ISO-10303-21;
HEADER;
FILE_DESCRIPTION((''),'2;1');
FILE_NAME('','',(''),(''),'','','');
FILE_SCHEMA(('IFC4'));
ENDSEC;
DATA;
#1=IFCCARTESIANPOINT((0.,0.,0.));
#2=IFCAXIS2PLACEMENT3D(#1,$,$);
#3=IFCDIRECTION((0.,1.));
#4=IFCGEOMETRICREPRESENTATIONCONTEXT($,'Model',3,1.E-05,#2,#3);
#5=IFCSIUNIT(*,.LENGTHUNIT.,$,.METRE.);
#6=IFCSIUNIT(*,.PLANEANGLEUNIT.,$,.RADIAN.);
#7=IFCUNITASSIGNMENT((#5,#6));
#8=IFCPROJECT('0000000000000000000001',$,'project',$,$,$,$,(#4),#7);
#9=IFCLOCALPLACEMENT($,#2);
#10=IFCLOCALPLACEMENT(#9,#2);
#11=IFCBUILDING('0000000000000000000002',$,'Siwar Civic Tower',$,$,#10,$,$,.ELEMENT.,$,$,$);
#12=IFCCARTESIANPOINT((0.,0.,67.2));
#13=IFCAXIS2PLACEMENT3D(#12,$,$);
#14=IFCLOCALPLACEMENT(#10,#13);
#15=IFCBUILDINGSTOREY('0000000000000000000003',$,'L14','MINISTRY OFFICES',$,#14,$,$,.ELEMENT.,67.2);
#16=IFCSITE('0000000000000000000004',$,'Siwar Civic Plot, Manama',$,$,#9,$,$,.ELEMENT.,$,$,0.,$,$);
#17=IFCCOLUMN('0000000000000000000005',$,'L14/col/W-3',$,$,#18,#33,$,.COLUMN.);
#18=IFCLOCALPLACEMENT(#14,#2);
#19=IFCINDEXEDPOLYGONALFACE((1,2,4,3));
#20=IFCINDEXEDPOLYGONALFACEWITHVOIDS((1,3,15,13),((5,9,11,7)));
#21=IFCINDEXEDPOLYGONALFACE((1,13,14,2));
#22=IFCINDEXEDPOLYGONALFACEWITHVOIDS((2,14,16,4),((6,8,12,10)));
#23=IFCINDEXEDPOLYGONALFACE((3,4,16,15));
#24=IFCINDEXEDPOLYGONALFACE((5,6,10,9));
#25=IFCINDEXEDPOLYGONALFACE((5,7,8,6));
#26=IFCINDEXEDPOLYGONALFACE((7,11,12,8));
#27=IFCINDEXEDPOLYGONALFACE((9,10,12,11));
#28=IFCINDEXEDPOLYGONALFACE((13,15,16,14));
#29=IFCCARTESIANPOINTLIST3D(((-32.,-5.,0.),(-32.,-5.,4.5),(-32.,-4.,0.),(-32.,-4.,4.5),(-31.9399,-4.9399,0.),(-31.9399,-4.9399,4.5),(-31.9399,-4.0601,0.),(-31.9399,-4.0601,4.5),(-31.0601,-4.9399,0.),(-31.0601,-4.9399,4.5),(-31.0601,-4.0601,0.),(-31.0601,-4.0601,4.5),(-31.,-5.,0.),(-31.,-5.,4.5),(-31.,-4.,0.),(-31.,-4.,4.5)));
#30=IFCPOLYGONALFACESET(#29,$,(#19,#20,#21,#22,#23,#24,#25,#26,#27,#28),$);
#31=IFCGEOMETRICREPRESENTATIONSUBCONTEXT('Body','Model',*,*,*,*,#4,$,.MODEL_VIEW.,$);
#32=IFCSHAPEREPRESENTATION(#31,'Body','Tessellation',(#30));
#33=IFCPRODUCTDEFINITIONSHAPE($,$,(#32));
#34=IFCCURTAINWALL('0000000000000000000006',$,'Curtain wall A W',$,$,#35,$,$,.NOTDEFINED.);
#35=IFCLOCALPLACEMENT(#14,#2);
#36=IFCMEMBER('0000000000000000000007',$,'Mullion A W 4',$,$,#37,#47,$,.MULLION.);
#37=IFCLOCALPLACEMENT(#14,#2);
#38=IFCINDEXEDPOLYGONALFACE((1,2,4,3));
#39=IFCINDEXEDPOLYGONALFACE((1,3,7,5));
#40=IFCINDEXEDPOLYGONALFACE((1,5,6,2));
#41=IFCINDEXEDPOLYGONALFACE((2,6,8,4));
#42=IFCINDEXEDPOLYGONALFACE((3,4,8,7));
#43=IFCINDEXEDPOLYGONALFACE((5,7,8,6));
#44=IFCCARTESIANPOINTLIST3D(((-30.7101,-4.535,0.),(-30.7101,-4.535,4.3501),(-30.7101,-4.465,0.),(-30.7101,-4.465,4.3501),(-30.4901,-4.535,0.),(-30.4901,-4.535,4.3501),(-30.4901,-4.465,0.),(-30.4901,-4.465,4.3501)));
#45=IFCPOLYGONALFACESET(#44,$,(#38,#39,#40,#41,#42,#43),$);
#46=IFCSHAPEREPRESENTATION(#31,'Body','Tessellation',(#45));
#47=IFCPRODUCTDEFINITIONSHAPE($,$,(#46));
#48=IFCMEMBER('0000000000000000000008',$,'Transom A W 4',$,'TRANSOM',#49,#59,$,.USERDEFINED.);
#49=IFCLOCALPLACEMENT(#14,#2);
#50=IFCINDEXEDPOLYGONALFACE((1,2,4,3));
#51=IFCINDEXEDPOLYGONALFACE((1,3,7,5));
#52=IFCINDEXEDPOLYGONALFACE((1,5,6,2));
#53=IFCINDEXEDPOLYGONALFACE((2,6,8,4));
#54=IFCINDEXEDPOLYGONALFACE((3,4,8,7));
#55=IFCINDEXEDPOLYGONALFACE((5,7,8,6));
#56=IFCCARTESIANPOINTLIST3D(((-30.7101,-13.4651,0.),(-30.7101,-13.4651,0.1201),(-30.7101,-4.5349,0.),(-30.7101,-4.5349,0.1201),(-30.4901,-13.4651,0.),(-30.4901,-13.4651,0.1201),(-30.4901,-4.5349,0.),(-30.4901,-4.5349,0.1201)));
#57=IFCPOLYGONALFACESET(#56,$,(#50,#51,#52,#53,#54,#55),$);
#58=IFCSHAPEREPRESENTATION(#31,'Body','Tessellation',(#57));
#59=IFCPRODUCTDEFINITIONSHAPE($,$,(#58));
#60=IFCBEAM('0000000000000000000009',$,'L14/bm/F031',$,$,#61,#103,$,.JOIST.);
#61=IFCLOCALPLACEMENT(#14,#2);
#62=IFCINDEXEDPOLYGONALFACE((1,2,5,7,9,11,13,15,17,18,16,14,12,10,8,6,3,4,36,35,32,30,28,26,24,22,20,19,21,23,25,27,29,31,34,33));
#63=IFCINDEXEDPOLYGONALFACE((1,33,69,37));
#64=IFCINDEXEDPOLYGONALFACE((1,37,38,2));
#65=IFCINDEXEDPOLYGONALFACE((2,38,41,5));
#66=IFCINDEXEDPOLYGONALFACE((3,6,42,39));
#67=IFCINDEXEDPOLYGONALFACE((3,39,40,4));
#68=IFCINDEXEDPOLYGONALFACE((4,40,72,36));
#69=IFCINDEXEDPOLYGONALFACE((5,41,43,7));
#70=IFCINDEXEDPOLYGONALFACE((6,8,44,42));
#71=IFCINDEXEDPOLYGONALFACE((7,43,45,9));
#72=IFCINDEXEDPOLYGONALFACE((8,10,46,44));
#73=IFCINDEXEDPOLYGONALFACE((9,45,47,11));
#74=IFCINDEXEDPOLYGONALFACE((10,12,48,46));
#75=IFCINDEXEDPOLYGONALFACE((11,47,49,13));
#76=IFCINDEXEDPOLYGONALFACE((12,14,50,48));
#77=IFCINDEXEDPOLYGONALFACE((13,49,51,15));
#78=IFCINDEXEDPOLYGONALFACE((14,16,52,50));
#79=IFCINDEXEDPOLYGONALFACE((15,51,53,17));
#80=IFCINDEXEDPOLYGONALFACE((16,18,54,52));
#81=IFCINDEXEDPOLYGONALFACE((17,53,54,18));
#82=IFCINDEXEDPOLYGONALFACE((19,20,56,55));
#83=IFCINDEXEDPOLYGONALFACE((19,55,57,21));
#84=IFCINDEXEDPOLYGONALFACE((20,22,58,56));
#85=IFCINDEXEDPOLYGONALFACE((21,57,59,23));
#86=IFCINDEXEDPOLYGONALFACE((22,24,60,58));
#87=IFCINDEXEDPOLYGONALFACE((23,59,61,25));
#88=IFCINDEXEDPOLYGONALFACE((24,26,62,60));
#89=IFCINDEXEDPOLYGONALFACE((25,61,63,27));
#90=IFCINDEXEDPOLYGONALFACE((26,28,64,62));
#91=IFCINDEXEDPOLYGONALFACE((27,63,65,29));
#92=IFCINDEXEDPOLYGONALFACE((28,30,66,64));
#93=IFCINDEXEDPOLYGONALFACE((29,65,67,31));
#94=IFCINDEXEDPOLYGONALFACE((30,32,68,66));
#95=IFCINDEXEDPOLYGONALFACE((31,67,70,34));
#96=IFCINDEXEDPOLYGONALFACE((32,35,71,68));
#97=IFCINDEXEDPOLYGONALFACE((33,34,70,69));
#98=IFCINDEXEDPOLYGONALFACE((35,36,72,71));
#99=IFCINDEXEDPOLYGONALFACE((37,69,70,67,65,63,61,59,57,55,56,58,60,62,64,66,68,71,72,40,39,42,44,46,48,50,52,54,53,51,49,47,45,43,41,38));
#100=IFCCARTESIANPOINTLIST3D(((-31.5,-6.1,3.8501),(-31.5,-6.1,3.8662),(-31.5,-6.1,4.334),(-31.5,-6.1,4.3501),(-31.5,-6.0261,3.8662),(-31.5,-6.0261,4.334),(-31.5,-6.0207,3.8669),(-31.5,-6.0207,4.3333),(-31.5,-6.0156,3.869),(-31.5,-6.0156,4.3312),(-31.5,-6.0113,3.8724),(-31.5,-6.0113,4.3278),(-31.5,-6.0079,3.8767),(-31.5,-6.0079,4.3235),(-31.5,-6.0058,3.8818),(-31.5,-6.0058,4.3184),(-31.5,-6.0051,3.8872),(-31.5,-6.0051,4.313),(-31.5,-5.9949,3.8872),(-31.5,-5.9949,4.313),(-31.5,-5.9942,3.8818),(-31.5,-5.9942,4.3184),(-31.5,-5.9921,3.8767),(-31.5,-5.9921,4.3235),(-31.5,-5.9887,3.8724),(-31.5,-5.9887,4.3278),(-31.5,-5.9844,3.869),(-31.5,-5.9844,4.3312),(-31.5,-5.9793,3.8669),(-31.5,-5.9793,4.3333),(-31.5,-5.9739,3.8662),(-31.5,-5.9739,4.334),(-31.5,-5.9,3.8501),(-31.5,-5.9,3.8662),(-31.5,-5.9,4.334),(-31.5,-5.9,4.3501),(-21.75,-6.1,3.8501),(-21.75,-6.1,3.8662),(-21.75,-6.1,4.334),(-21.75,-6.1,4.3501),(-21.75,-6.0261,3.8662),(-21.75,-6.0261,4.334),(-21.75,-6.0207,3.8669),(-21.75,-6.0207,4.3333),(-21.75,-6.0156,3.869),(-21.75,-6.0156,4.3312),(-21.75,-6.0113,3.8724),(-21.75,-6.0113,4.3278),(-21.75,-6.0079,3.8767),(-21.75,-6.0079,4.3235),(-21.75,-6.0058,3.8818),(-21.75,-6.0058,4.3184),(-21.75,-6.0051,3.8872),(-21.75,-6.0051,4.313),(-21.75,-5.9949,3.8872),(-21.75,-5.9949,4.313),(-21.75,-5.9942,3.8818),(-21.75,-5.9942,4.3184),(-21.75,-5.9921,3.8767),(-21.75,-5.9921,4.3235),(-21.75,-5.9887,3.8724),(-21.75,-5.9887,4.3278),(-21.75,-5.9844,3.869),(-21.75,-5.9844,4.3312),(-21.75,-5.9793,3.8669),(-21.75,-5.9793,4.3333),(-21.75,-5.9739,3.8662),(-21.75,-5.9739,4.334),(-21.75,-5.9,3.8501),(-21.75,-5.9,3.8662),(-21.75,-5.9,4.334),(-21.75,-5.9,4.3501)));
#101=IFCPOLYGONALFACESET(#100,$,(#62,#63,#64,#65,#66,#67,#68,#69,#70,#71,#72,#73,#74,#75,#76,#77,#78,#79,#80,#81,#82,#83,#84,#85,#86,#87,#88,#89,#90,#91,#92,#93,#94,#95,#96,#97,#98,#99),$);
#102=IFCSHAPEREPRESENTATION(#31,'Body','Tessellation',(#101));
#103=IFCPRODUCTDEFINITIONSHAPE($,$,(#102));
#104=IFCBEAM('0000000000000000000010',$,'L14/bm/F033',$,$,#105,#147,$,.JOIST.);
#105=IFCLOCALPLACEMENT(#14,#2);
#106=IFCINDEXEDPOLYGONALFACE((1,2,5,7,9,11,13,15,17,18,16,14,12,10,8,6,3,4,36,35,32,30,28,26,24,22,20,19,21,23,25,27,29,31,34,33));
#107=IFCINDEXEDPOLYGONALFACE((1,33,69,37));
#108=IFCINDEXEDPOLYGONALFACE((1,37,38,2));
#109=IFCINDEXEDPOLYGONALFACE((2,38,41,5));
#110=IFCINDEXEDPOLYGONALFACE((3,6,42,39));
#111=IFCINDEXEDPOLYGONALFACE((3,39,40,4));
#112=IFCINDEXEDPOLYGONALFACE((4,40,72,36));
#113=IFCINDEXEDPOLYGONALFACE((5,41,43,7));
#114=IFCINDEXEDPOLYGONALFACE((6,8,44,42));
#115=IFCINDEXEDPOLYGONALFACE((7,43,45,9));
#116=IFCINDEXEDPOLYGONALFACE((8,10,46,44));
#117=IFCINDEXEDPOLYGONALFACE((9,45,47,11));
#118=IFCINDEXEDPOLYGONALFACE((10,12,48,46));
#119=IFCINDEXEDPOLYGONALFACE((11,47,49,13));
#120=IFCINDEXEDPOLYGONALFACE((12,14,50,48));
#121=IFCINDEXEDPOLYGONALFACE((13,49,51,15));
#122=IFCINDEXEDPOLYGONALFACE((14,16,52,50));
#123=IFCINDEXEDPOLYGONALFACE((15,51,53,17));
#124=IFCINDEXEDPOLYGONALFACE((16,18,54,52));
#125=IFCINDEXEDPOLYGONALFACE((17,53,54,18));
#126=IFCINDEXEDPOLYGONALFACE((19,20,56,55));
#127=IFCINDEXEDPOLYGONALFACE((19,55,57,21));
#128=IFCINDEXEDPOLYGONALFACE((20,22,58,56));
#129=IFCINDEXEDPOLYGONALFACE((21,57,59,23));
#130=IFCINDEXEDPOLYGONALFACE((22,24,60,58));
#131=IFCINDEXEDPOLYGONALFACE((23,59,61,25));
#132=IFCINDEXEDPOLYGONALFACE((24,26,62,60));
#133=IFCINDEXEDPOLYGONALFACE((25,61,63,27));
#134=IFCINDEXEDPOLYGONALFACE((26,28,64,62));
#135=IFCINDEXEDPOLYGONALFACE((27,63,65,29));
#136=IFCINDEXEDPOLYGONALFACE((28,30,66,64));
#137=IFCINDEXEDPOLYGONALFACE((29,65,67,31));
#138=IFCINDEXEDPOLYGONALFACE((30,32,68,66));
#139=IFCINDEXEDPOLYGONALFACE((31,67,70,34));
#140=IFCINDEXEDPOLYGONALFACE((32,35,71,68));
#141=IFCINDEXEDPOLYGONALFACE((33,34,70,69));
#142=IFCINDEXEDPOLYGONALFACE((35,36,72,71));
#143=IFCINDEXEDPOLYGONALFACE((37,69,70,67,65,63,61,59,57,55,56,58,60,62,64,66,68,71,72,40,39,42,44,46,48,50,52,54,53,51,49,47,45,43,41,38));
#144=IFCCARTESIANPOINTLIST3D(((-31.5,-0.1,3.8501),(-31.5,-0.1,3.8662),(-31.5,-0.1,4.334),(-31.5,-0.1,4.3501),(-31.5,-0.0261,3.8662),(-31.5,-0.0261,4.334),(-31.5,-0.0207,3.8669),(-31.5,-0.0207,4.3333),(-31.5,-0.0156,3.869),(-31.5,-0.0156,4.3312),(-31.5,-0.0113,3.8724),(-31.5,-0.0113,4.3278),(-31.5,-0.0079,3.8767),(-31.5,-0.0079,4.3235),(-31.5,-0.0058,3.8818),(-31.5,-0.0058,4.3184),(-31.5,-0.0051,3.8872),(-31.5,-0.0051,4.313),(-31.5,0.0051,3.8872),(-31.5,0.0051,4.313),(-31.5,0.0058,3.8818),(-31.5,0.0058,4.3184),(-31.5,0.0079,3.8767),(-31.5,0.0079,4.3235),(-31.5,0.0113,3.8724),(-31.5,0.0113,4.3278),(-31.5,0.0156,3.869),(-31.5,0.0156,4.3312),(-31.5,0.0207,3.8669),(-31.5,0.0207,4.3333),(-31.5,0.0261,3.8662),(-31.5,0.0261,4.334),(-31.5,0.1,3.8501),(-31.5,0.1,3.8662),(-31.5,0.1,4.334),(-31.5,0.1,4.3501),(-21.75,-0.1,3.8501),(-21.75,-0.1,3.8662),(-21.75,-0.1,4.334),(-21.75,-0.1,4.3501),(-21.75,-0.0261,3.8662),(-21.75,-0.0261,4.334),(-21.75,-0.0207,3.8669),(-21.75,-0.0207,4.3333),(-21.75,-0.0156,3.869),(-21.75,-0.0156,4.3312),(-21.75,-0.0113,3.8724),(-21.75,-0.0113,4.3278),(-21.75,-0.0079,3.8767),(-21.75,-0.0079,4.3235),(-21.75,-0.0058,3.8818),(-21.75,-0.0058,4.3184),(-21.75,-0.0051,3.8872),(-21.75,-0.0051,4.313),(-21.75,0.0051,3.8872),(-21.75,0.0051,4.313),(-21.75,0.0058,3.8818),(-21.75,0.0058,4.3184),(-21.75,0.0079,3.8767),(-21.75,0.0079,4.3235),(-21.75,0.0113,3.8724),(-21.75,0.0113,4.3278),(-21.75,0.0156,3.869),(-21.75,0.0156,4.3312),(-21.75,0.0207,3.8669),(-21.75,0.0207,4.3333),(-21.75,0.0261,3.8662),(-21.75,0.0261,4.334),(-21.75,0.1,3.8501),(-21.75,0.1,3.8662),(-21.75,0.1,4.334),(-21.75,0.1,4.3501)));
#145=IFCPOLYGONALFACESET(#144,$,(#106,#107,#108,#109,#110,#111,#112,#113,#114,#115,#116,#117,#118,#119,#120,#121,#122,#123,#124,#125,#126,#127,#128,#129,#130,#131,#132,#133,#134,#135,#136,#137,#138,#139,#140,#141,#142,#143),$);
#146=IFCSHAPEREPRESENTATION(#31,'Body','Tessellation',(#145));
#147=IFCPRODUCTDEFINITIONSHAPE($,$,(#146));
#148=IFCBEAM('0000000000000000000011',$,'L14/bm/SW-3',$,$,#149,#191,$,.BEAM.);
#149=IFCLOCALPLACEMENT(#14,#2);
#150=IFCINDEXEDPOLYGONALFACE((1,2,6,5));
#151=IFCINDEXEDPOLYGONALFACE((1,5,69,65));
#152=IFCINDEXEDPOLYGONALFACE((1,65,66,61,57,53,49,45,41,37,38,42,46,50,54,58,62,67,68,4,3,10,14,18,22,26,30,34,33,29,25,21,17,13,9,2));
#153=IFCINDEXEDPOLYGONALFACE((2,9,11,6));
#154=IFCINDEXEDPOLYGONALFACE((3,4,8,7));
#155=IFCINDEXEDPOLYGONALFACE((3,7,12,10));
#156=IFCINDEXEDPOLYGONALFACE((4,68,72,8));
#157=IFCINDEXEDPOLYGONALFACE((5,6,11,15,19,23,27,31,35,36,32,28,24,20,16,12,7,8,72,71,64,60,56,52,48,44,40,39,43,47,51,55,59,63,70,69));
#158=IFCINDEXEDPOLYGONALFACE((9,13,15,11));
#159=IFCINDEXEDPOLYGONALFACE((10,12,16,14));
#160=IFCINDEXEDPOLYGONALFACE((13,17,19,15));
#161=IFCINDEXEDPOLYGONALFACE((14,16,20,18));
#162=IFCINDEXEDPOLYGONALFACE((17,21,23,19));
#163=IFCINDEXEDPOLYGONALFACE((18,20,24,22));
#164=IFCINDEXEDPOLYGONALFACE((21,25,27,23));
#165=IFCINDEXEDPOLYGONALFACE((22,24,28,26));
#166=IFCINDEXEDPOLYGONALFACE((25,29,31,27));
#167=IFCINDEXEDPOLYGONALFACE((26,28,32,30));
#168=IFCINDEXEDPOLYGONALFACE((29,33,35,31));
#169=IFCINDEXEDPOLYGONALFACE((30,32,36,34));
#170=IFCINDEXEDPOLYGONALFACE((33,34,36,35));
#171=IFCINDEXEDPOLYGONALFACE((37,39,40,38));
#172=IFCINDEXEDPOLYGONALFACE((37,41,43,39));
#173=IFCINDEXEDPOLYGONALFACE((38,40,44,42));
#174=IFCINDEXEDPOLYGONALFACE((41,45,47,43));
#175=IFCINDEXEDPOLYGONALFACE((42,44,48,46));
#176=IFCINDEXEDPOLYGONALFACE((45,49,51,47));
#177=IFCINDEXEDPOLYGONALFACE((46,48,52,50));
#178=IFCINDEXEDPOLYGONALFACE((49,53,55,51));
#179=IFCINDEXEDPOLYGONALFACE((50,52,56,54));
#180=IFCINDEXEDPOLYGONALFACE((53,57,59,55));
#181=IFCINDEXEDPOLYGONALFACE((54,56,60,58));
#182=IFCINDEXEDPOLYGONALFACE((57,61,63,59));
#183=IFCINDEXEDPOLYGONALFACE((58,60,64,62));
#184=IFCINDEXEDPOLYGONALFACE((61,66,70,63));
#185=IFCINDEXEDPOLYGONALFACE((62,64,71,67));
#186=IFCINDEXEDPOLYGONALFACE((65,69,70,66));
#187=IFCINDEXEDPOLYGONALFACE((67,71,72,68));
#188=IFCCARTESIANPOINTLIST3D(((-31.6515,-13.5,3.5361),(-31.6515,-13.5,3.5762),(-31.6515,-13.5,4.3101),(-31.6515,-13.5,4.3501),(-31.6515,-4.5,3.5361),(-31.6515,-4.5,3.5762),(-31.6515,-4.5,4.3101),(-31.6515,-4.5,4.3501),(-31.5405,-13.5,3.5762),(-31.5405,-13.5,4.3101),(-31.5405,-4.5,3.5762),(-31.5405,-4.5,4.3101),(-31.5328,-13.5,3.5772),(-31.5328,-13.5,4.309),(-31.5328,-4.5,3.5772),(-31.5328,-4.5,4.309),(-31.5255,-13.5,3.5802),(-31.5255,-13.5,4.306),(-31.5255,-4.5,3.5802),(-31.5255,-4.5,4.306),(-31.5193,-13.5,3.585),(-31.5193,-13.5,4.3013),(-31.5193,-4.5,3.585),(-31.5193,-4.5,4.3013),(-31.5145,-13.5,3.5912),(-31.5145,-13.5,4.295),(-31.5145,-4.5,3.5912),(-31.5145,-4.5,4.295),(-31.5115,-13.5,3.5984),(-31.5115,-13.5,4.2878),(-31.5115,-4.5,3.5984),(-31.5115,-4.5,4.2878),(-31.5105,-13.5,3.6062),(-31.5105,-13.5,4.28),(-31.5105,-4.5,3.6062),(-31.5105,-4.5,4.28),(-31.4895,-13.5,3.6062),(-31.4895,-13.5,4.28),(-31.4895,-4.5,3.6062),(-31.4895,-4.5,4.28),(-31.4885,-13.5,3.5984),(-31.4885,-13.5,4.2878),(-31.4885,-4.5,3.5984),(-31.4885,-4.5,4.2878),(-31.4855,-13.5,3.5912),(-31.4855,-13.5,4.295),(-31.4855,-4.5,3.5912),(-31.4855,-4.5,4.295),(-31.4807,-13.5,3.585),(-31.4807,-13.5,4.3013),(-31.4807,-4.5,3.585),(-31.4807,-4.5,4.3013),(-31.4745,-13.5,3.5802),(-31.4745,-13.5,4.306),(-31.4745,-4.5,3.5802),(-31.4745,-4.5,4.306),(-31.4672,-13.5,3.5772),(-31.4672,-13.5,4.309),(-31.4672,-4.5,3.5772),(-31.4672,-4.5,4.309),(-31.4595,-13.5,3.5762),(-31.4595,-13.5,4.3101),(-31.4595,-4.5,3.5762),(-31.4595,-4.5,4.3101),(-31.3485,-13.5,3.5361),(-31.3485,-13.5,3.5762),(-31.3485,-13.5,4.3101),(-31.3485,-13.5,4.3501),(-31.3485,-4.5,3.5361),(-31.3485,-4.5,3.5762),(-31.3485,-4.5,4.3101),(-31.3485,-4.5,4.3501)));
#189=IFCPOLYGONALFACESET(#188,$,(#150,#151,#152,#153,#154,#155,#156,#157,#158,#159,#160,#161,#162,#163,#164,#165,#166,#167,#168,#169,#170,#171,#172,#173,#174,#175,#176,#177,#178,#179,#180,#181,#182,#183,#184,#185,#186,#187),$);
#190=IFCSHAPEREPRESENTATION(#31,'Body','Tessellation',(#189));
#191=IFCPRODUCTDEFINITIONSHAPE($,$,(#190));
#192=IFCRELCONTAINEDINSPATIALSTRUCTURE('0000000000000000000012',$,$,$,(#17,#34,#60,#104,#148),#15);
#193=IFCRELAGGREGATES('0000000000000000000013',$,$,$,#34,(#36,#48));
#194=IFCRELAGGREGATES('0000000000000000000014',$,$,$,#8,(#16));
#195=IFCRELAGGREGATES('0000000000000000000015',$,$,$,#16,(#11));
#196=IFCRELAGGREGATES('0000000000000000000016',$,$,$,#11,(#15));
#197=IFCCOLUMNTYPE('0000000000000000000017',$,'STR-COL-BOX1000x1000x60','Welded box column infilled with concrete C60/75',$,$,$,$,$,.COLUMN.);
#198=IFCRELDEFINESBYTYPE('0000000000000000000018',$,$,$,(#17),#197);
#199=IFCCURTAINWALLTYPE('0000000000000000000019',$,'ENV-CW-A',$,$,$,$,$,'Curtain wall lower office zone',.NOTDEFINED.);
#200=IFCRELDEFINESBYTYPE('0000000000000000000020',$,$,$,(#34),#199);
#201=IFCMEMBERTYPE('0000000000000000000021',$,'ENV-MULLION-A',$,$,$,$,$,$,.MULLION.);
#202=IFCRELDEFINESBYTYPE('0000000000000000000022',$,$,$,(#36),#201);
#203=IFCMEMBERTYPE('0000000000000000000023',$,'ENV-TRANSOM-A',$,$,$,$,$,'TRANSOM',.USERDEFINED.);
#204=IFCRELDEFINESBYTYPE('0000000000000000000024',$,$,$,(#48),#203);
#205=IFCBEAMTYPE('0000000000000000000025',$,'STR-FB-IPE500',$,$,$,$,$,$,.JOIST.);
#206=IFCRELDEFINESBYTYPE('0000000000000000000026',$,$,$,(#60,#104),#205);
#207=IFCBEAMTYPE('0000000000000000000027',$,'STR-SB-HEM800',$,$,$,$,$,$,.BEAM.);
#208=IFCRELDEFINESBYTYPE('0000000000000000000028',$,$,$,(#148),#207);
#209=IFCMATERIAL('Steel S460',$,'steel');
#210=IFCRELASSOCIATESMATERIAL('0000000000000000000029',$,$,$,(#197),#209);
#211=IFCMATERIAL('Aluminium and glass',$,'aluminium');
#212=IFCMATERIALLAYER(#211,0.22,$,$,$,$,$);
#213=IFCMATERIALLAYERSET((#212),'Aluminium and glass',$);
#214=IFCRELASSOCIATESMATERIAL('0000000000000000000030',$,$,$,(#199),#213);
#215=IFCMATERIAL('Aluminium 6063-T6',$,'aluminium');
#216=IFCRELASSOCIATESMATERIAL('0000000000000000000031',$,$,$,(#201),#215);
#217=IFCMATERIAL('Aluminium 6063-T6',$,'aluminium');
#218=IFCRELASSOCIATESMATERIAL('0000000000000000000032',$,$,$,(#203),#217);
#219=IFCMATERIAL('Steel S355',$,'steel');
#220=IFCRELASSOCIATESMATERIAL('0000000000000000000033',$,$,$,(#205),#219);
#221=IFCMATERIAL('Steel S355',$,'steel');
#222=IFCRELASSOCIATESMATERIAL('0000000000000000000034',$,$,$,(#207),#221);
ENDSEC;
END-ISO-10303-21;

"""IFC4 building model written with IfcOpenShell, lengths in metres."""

from ifc_helpers import new_model, si_unit, direction, frame, origin, origin_2d, place, context, subcontext, project, spatial, rectangle, hollow_rectangle, i_section, extrude, material, layer, layer_set, material_profile, profile_set, type_object, element, aggregate, save


model = new_model("IFC4")

# Units and contexts
model_context = context("Model", 3, precision=1e-05, world=origin(), true_north=direction((0.0, 1.0)))
body_context = subcontext(model_context, "Body", "Model", "MODEL_VIEW")
ifc_project = project(units=[si_unit("LENGTHUNIT", "METRE"), si_unit("PLANEANGLEUNIT", "RADIAN")], contexts=[model_context])

# Site, building, storey
site_placement = place(None, origin())
site = spatial("IfcSite", under=ifc_project, at=site_placement, Name="Siwar Civic Plot, Manama", CompositionType="ELEMENT", RefElevation=0.0)
building_placement = place(site_placement, origin())
building = spatial("IfcBuilding", under=site, at=building_placement, Name="Siwar Civic Tower", CompositionType="ELEMENT")
storey_placement = place(building_placement, frame((0.0, 0.0, 67.2)))
storey = spatial("IfcBuildingStorey", under=building, at=storey_placement, Name="L14", Description="MINISTRY OFFICES", CompositionType="ELEMENT", Elevation=67.2)

# Column
ifc_material_1 = material(Name="Steel S460", Category="steel")
ifc_material_profile_1 = material_profile(ifc_material_1, hollow_rectangle(XDim=1.0, YDim=1.0, WallThickness=0.0601, at=origin_2d()), Name="BOX1000x1000x60")
ifc_profile_set_1 = profile_set([ifc_material_profile_1], Name="Steel S460")
column_type = type_object("IfcColumnType", Name="STR-COL-BOX1000x1000x60", Description="Welded box column infilled with concrete C60/75", PredefinedType="COLUMN", material=ifc_profile_set_1)
column_placement = place(storey_placement, frame((-31.5, -4.5, 0.0), z_axis=(0.0, 0.0, 1.0), x_axis=(1.0, 0.0, 0.0)))
element("IfcColumn", 1, at=column_placement, inside=storey, type_object=column_type, Name="L14/col/W-3", PredefinedType="COLUMN", context=body_context, shape_type="SweptSolid", body=[
    extrude(hollow_rectangle(XDim=1.0, YDim=1.0, WallThickness=0.0601, at=origin_2d()), origin(), (0.0, 0.0, 1.0), 4.5),
])

# Curtain wall, members
ifc_material_2 = material(Name="Aluminium and glass", Category="aluminium")
ifc_layer_1 = layer(ifc_material_2, 0.22)
ifc_layer_set_1 = layer_set([ifc_layer_1], Name="Aluminium and glass")
curtain_wall_type = type_object("IfcCurtainWallType", Name="ENV-CW-A", ElementType="Curtain wall lower office zone", PredefinedType="NOTDEFINED", material=ifc_layer_set_1)
curtain_wall_placement = place(storey_placement, origin())
curtain_wall = element("IfcCurtainWall", 2, at=curtain_wall_placement, inside=storey, type_object=curtain_wall_type, Name="Curtain wall A W", PredefinedType="NOTDEFINED")
ifc_material_3 = material(Name="Aluminium 6063-T6", Category="aluminium")
ifc_material_profile_2 = material_profile(ifc_material_3, rectangle(XDim=0.22, YDim=0.0701, at=origin_2d()), Name="AL 220x70")
ifc_profile_set_2 = profile_set([ifc_material_profile_2], Name="Aluminium 6063-T6")
member_type_1 = type_object("IfcMemberType", Name="ENV-MULLION-A", PredefinedType="MULLION", material=ifc_profile_set_2)
member_1_placement = place(storey_placement, frame((-30.6001, -4.5, 0.0), z_axis=(0.0, 0.0, 1.0), x_axis=(1.0, 0.0, 0.0)))
member_1 = element("IfcMember", 3, at=member_1_placement, type_object=member_type_1, Name="Mullion A W 4", PredefinedType="MULLION", context=body_context, shape_type="SweptSolid", body=[
    extrude(rectangle(XDim=0.22, YDim=0.0701, at=origin_2d()), origin(), (0.0, 0.0, 1.0), 4.3501),
])
ifc_material_4 = material(Name="Aluminium 6063-T6", Category="aluminium")
ifc_material_profile_3 = material_profile(ifc_material_4, rectangle(XDim=0.22, YDim=0.1201, at=origin_2d()), Name="AL 220x120")
ifc_profile_set_3 = profile_set([ifc_material_profile_3], Name="Aluminium 6063-T6")
member_type_2 = type_object("IfcMemberType", Name="ENV-TRANSOM-A", ElementType="TRANSOM", PredefinedType="USERDEFINED", material=ifc_profile_set_3)
member_2_placement = place(storey_placement, frame((-30.6001, -4.5349, 0.0601), z_axis=(0.0, -1.0, 0.0), x_axis=(1.0, 0.0, 0.0)))
member_2 = element("IfcMember", 4, at=member_2_placement, type_object=member_type_2, Name="Transom A W 4", ObjectType="TRANSOM", PredefinedType="USERDEFINED", context=body_context, shape_type="SweptSolid", body=[
    extrude(rectangle(XDim=0.22, YDim=0.1201, at=origin_2d()), origin(), (0.0, 0.0, 1.0), 8.9302),
])

# Beams
ifc_material_5 = material(Name="Steel S355", Category="steel")
ifc_material_profile_4 = material_profile(ifc_material_5, i_section(OverallWidth=0.2, OverallDepth=0.5, WebThickness=0.0103, FlangeThickness=0.0161, FilletRadius=0.021, at=origin_2d()), Name="IPE500")
ifc_profile_set_4 = profile_set([ifc_material_profile_4], Name="Steel S355")
beam_type_1 = type_object("IfcBeamType", Name="STR-FB-IPE500", PredefinedType="JOIST", material=ifc_profile_set_4)
for number, where, z_axis, x_axis, name in (
    (5, (-31.5, -6.0, 4.1001), (1.0, 0.0, 0.0), (0.0, 1.0, 0.0), "L14/bm/F031"),
    (6, (-31.5, 0.0, 4.1001), (1.0, 0.0, 0.0), (0.0, 1.0, 0.0), "L14/bm/F033"),
):
    element("IfcBeam", number, at=place(storey_placement, frame(where, z_axis=z_axis, x_axis=x_axis)), inside=storey, type_object=beam_type_1, Name=name, PredefinedType="JOIST", context=body_context, shape_type="SweptSolid", body=[
        extrude(i_section(OverallWidth=0.2, OverallDepth=0.5, WebThickness=0.0103, FlangeThickness=0.0161, FilletRadius=0.021, at=origin_2d()), origin(), (0.0, 0.0, 1.0), 9.75),
    ])
ifc_material_6 = material(Name="Steel S355", Category="steel")
ifc_material_profile_5 = material_profile(ifc_material_6, i_section(OverallWidth=0.303, OverallDepth=0.814, WebThickness=0.021, FlangeThickness=0.04, FilletRadius=0.03, at=origin_2d()), Name="HEM800")
ifc_profile_set_5 = profile_set([ifc_material_profile_5], Name="Steel S355")
beam_type_2 = type_object("IfcBeamType", Name="STR-SB-HEM800", PredefinedType="BEAM", material=ifc_profile_set_5)
beam_placement = place(storey_placement, frame((-31.5, -4.5, 3.9431), z_axis=(0.0, -1.0, 0.0), x_axis=(1.0, 0.0, 0.0)))
element("IfcBeam", 7, at=beam_placement, inside=storey, type_object=beam_type_2, Name="L14/bm/SW-3", PredefinedType="BEAM", context=body_context, shape_type="SweptSolid", body=[
    extrude(i_section(OverallWidth=0.303, OverallDepth=0.814, WebThickness=0.021, FlangeThickness=0.04, FilletRadius=0.03, at=origin_2d()), origin(), (0.0, 0.0, 1.0), 9.0),
])

aggregate(curtain_wall, [member_1, member_2])

save(model, "model.ifc")
